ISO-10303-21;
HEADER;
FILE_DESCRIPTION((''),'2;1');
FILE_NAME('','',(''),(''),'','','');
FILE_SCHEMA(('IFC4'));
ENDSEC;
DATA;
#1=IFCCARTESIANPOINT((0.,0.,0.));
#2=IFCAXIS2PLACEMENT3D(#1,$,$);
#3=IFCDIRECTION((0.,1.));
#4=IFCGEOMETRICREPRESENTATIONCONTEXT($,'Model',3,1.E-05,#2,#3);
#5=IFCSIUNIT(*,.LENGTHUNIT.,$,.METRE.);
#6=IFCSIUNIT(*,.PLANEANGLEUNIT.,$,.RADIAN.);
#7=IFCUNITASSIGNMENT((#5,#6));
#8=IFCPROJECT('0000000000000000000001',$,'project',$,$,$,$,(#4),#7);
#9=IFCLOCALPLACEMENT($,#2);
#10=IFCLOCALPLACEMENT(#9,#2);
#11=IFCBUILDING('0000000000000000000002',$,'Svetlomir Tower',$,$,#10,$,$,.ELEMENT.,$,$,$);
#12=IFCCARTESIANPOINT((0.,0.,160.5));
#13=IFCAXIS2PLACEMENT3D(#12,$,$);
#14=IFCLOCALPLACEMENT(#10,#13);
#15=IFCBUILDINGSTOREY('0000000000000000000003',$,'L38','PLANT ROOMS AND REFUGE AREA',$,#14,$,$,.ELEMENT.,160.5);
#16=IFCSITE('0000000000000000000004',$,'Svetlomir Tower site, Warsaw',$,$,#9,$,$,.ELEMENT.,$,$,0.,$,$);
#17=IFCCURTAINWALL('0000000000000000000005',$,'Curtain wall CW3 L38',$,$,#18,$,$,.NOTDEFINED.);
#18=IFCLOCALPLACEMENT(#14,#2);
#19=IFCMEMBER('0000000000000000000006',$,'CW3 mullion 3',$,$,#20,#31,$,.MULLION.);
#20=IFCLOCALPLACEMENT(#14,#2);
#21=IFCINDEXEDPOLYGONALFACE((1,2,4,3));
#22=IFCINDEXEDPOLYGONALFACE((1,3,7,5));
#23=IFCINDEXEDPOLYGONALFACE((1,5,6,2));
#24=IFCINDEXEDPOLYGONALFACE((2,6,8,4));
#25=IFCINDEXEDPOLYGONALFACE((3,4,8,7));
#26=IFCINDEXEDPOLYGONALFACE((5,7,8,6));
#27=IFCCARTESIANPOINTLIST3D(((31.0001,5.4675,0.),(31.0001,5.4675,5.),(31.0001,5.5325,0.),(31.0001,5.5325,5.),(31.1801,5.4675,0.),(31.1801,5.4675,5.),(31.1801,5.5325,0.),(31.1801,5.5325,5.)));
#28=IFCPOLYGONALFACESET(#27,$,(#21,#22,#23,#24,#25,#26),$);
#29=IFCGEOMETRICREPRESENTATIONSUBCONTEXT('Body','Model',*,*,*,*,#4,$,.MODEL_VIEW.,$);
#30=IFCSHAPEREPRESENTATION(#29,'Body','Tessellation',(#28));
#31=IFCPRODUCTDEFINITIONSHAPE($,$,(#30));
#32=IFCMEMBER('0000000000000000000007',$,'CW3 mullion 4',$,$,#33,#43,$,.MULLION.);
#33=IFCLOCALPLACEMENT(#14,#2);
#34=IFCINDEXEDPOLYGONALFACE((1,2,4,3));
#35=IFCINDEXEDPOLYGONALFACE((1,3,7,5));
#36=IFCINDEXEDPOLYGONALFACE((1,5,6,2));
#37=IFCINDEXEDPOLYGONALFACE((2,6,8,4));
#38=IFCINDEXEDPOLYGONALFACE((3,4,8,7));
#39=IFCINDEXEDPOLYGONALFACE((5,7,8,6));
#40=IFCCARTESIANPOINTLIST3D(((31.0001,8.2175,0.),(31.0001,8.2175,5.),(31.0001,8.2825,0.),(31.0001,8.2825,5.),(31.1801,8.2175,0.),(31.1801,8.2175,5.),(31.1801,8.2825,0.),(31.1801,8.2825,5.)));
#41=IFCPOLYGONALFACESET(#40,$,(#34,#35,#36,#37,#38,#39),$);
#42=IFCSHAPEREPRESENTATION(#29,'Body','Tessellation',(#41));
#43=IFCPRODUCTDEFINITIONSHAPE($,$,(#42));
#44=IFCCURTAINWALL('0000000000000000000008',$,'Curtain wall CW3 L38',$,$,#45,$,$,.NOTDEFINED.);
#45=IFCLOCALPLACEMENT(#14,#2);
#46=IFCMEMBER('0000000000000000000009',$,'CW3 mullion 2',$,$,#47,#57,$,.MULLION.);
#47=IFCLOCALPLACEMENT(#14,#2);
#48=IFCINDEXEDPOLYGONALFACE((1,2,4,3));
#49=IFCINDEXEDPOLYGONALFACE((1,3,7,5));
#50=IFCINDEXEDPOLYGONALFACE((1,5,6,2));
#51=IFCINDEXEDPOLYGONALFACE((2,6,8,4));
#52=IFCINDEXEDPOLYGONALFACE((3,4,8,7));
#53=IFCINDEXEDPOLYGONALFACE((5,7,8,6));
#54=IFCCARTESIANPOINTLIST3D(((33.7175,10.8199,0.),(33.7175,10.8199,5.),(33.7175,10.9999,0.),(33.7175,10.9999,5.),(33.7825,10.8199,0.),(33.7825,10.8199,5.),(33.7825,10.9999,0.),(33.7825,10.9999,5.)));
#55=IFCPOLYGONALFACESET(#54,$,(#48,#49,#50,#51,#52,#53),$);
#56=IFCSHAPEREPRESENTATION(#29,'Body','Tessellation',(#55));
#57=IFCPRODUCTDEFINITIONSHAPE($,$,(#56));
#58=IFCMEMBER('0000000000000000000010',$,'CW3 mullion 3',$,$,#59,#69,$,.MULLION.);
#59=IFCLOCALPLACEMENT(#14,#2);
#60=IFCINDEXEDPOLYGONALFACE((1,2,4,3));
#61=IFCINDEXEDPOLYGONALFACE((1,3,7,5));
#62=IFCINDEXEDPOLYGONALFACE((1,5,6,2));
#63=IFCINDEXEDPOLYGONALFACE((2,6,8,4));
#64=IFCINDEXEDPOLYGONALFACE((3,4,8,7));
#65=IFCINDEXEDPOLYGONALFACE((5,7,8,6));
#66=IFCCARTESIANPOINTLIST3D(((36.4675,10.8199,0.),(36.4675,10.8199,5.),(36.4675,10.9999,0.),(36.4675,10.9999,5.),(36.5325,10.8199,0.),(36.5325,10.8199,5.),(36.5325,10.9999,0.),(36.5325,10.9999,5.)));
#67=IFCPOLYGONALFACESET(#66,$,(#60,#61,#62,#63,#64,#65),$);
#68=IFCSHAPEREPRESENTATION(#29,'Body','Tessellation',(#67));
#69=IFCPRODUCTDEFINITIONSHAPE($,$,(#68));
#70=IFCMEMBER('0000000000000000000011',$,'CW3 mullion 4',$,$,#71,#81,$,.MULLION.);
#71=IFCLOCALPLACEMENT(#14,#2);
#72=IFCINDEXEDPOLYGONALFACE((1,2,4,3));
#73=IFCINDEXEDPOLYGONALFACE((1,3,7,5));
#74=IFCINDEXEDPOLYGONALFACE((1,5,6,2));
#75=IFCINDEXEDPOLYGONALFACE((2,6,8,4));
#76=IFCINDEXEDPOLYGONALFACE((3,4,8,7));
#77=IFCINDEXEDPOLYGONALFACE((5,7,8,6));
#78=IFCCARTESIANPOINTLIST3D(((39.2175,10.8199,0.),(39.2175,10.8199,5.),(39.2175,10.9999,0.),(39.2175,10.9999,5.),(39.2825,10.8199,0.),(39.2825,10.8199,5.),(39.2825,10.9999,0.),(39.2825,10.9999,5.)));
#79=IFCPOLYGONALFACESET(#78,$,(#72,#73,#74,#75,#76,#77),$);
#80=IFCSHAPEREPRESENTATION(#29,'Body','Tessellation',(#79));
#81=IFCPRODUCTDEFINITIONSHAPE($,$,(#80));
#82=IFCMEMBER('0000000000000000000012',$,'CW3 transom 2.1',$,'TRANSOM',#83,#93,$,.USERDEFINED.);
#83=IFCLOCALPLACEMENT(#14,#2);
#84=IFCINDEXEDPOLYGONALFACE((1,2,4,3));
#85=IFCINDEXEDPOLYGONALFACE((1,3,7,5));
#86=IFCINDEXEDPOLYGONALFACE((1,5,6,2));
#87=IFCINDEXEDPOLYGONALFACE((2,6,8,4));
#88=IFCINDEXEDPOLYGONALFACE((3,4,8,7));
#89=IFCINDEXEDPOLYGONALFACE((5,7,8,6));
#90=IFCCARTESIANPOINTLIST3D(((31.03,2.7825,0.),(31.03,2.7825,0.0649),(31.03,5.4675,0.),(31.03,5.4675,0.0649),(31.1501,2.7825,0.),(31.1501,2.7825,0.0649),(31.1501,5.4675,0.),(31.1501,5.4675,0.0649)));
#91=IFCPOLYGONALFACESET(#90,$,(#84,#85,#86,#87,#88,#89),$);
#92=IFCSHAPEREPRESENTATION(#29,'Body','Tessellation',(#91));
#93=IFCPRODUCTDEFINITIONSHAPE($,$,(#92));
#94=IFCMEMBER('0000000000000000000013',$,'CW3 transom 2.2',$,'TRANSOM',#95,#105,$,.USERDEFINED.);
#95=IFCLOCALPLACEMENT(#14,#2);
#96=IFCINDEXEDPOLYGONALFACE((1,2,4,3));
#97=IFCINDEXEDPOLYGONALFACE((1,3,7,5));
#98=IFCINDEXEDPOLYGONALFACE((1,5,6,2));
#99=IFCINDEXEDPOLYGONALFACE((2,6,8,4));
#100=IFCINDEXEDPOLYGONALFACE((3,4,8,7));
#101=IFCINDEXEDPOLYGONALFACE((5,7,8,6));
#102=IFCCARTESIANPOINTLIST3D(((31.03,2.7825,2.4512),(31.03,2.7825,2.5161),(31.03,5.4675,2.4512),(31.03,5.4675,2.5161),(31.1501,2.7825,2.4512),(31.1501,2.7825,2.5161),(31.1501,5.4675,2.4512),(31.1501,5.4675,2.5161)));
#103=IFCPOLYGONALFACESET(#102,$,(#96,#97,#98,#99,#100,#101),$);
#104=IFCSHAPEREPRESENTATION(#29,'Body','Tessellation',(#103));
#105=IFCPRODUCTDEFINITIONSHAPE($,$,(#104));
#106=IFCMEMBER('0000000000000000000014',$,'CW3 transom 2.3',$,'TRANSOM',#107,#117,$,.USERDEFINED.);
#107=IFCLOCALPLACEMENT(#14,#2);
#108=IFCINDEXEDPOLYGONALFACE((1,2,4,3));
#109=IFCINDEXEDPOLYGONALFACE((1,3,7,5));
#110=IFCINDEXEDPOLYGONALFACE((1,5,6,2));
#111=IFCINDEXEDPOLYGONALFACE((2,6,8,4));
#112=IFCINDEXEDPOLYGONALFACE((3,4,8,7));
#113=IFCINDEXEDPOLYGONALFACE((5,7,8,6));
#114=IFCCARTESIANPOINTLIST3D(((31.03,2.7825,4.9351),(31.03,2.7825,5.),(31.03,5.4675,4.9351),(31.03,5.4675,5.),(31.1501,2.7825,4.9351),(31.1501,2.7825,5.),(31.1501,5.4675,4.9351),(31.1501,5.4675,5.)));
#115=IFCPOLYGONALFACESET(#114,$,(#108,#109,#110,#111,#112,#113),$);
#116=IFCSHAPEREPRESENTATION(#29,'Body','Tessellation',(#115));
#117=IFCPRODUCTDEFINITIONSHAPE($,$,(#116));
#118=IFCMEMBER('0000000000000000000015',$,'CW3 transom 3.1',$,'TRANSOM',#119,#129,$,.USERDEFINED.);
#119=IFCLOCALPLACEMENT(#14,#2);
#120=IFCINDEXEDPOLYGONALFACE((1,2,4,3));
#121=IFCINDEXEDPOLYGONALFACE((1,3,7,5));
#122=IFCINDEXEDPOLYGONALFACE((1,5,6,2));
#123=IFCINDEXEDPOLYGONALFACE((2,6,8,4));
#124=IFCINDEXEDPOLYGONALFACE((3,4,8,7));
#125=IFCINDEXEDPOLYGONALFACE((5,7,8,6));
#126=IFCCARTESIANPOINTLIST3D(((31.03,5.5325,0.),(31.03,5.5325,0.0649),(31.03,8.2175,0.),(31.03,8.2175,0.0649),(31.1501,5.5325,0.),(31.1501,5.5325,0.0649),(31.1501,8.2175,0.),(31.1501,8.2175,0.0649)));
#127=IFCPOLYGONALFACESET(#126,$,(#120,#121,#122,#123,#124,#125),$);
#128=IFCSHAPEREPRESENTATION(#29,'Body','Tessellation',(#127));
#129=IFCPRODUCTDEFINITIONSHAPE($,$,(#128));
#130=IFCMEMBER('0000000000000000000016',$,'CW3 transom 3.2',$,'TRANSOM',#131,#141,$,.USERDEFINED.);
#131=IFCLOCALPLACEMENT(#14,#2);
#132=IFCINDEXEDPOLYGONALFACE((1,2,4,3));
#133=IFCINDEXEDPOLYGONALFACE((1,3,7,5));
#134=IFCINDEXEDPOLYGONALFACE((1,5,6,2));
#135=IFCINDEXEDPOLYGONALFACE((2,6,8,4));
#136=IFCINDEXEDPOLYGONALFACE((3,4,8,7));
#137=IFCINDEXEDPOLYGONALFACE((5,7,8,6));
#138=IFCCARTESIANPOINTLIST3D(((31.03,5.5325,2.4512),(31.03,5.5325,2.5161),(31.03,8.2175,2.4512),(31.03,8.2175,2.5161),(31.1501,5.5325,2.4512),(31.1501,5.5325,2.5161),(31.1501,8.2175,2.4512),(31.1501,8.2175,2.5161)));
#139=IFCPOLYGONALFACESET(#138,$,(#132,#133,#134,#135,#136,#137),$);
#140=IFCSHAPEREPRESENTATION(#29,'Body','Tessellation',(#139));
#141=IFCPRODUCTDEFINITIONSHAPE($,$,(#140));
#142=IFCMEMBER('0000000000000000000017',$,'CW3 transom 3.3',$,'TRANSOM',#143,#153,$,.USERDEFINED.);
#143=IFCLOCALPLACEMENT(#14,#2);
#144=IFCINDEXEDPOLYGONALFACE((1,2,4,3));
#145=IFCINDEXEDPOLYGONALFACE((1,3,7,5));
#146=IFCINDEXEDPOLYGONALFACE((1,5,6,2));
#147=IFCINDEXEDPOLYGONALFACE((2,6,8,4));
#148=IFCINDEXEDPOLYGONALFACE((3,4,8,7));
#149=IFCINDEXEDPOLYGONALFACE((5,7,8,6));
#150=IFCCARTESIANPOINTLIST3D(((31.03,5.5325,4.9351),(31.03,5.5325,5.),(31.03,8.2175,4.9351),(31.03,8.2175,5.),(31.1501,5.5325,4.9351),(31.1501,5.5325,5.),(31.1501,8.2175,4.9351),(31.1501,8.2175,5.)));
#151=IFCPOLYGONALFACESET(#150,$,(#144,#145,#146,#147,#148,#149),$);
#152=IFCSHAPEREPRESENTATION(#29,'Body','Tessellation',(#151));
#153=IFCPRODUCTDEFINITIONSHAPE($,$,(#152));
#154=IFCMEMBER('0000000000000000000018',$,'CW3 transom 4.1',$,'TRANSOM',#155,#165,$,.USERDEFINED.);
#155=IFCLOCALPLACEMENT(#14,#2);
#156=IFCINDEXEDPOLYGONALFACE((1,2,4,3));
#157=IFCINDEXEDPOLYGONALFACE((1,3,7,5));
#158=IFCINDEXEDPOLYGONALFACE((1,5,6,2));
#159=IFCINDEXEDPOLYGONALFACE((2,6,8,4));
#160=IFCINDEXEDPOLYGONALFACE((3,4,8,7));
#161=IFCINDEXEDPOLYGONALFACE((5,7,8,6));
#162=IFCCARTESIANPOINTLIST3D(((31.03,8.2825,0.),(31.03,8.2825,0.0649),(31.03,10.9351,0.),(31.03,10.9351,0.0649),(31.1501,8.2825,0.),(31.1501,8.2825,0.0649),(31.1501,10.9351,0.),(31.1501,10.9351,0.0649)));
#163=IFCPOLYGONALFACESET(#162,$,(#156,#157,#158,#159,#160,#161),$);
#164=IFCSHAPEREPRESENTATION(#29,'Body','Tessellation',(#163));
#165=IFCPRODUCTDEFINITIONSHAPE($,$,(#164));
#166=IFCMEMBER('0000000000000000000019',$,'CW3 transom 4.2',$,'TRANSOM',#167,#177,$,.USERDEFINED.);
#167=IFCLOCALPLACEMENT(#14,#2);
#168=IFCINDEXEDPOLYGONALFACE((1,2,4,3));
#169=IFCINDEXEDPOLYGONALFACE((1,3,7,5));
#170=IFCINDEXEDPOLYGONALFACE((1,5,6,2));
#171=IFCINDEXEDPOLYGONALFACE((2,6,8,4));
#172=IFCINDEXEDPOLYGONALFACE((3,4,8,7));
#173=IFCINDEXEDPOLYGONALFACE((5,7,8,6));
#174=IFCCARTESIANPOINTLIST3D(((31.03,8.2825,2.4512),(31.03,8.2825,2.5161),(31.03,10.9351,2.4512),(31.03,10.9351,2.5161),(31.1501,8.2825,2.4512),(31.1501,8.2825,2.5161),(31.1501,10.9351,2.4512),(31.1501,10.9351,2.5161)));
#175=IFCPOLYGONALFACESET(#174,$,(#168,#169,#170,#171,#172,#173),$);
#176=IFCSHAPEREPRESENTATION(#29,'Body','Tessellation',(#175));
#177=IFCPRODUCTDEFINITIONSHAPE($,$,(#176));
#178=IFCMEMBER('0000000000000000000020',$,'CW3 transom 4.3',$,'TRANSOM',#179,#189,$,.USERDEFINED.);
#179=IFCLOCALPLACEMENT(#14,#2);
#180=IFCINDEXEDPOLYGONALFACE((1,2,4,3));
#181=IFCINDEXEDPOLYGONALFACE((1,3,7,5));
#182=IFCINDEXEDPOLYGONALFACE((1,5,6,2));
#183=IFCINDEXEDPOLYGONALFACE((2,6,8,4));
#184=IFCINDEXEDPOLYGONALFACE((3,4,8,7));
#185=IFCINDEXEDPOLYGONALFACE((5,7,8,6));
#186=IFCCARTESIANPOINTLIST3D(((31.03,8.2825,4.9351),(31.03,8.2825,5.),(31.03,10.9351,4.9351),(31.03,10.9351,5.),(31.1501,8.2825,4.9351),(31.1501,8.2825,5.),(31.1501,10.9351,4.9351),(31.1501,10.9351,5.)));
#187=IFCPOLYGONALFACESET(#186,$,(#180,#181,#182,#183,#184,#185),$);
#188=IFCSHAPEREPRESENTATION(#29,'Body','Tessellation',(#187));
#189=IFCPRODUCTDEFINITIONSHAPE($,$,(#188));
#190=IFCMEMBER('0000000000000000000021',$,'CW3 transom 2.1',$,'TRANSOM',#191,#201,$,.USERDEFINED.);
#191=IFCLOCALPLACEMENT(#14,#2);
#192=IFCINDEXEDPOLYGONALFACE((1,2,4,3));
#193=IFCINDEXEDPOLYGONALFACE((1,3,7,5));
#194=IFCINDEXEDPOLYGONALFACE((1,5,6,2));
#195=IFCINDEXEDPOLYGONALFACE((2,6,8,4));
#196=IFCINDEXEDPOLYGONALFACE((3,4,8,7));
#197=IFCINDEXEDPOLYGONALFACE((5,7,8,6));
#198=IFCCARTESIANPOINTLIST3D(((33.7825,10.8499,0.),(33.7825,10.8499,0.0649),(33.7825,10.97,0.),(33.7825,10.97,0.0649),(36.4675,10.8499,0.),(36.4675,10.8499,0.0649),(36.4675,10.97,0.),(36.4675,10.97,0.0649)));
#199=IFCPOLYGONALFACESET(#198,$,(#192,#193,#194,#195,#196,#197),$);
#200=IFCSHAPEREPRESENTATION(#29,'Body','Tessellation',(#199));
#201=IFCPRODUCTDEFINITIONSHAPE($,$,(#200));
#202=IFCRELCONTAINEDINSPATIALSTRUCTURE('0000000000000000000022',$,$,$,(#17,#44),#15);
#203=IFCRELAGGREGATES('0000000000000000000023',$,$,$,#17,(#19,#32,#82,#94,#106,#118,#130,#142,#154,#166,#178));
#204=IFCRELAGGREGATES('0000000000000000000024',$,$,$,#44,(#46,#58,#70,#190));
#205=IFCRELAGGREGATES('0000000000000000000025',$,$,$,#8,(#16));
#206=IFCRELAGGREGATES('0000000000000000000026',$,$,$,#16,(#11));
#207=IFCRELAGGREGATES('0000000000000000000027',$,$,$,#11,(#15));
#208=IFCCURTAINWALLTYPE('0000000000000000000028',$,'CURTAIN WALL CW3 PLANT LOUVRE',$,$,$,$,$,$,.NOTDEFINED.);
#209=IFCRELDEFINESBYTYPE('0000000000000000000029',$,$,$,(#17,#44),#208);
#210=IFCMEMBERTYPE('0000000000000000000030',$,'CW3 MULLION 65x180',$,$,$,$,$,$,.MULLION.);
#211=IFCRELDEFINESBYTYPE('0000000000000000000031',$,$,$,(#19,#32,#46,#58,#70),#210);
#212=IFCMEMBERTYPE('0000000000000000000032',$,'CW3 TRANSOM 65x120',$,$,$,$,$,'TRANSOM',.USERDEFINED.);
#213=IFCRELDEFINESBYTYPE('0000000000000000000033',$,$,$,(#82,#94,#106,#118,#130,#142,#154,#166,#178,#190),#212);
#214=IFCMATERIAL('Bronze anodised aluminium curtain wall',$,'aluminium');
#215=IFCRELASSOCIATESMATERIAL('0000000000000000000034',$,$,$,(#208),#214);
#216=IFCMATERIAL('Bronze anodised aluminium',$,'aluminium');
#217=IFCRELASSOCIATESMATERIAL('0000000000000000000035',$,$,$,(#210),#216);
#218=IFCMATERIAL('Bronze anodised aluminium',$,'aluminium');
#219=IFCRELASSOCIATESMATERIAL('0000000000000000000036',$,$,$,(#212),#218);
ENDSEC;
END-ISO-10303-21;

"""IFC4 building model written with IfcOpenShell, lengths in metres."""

from ifc_helpers import new_model, si_unit, direction, frame, origin, origin_2d, place, context, subcontext, project, spatial, rectangle, extrude, material, material_profile, profile_set, type_object, element, aggregate, save


model = new_model("IFC4")

# Units and contexts
model_context = context("Model", 3, precision=1e-05, world=origin(), true_north=direction((0.0, 1.0)))
body_context = subcontext(model_context, "Body", "Model", "MODEL_VIEW")
ifc_project = project(units=[si_unit("LENGTHUNIT", "METRE"), si_unit("PLANEANGLEUNIT", "RADIAN")], contexts=[model_context])

# Site, building, storey
site_placement = place(None, origin())
site = spatial("IfcSite", under=ifc_project, at=site_placement, Name="Svetlomir Tower site, Warsaw", CompositionType="ELEMENT", RefElevation=0.0)
building_placement = place(site_placement, origin())
building = spatial("IfcBuilding", under=site, at=building_placement, Name="Svetlomir Tower", CompositionType="ELEMENT")
storey_placement = place(building_placement, frame((0.0, 0.0, 160.5)))
storey = spatial("IfcBuildingStorey", under=building, at=storey_placement, Name="L38", Description="PLANT ROOMS AND REFUGE AREA", CompositionType="ELEMENT", Elevation=160.5)

# Curtain walls, members
ifc_material_1 = material(Name="Bronze anodised aluminium curtain wall", Category="aluminium")
curtain_wall_type = type_object("IfcCurtainWallType", Name="CURTAIN WALL CW3 PLANT LOUVRE", PredefinedType="NOTDEFINED", material=ifc_material_1)
curtain_wall_1_placement = place(storey_placement, origin())
curtain_wall_1 = element("IfcCurtainWall", 1, at=curtain_wall_1_placement, inside=storey, type_object=curtain_wall_type, Name="Curtain wall CW3 L38", PredefinedType="NOTDEFINED")
ifc_material_2 = material(Name="Bronze anodised aluminium", Category="aluminium")
ifc_material_profile_1 = material_profile(ifc_material_2, rectangle(XDim=0.0649, YDim=0.1799, at=origin_2d()), Name="AL 65x180")
ifc_profile_set_1 = profile_set([ifc_material_profile_1], Name="Bronze anodised aluminium 6063-T6")
member_type_1 = type_object("IfcMemberType", Name="CW3 MULLION 65x180", PredefinedType="MULLION", material=ifc_profile_set_1)
member_1_placement = place(storey_placement, frame((31.0901, 5.5, 0.0), z_axis=(0.0, 0.0, 1.0), x_axis=(0.0, 1.0, 0.0)))
member_1 = element("IfcMember", 2, at=member_1_placement, type_object=member_type_1, Name="CW3 mullion 3", PredefinedType="MULLION", context=body_context, shape_type="SweptSolid", body=[
    extrude(rectangle(XDim=0.0649, YDim=0.1799, at=origin_2d()), origin(), (0.0, 0.0, 1.0), 5.0),
])
member_2_placement = place(storey_placement, frame((31.0901, 8.25, 0.0), z_axis=(0.0, 0.0, 1.0), x_axis=(0.0, 1.0, 0.0)))
member_2 = element("IfcMember", 3, at=member_2_placement, type_object=member_type_1, Name="CW3 mullion 4", PredefinedType="MULLION", context=body_context, shape_type="SweptSolid", body=[
    extrude(rectangle(XDim=0.0649, YDim=0.1799, at=origin_2d()), origin(), (0.0, 0.0, 1.0), 5.0),
])
curtain_wall_2_placement = place(storey_placement, origin())
curtain_wall_2 = element("IfcCurtainWall", 4, at=curtain_wall_2_placement, inside=storey, type_object=curtain_wall_type, Name="Curtain wall CW3 L38", PredefinedType="NOTDEFINED")
member_3_placement = place(storey_placement, frame((33.75, 10.9099, 0.0), z_axis=(0.0, 0.0, 1.0), x_axis=(1.0, 0.0, 0.0)))
member_3 = element("IfcMember", 5, at=member_3_placement, type_object=member_type_1, Name="CW3 mullion 2", PredefinedType="MULLION", context=body_context, shape_type="SweptSolid", body=[
    extrude(rectangle(XDim=0.0649, YDim=0.1799, at=origin_2d()), origin(), (0.0, 0.0, 1.0), 5.0),
])
member_4_placement = place(storey_placement, frame((36.5, 10.9099, 0.0), z_axis=(0.0, 0.0, 1.0), x_axis=(1.0, 0.0, 0.0)))
member_4 = element("IfcMember", 6, at=member_4_placement, type_object=member_type_1, Name="CW3 mullion 3", PredefinedType="MULLION", context=body_context, shape_type="SweptSolid", body=[
    extrude(rectangle(XDim=0.0649, YDim=0.1799, at=origin_2d()), origin(), (0.0, 0.0, 1.0), 5.0),
])
member_5_placement = place(storey_placement, frame((39.25, 10.9099, 0.0), z_axis=(0.0, 0.0, 1.0), x_axis=(1.0, 0.0, 0.0)))
member_5 = element("IfcMember", 7, at=member_5_placement, type_object=member_type_1, Name="CW3 mullion 4", PredefinedType="MULLION", context=body_context, shape_type="SweptSolid", body=[
    extrude(rectangle(XDim=0.0649, YDim=0.1799, at=origin_2d()), origin(), (0.0, 0.0, 1.0), 5.0),
])

# Members
ifc_material_3 = material(Name="Bronze anodised aluminium", Category="aluminium")
ifc_material_profile_2 = material_profile(ifc_material_3, rectangle(XDim=0.1201, YDim=0.0649, at=origin_2d()), Name="AL 120x65")
ifc_profile_set_2 = profile_set([ifc_material_profile_2], Name="Bronze anodised aluminium 6063-T6")
member_type_2 = type_object("IfcMemberType", Name="CW3 TRANSOM 65x120", ElementType="TRANSOM", PredefinedType="USERDEFINED", material=ifc_profile_set_2)
member_6_placement = place(storey_placement, frame((31.0901, 2.7825, 0.0325), z_axis=(0.0, 1.0, 0.0), x_axis=(-1.0, 0.0, 0.0)))
member_6 = element("IfcMember", 8, at=member_6_placement, type_object=member_type_2, Name="CW3 transom 2.1", ObjectType="TRANSOM", PredefinedType="USERDEFINED", context=body_context, shape_type="SweptSolid", body=[
    extrude(rectangle(XDim=0.1201, YDim=0.0649, at=origin_2d()), origin(), (0.0, 0.0, 1.0), 2.6851),
])
member_7_placement = place(storey_placement, frame((31.0901, 2.7825, 2.4836), z_axis=(0.0, 1.0, 0.0), x_axis=(-1.0, 0.0, 0.0)))
member_7 = element("IfcMember", 9, at=member_7_placement, type_object=member_type_2, Name="CW3 transom 2.2", ObjectType="TRANSOM", PredefinedType="USERDEFINED", context=body_context, shape_type="SweptSolid", body=[
    extrude(rectangle(XDim=0.1201, YDim=0.0649, at=origin_2d()), origin(), (0.0, 0.0, 1.0), 2.6851),
])
member_8_placement = place(storey_placement, frame((31.0901, 2.7825, 4.9675), z_axis=(0.0, 1.0, 0.0), x_axis=(-1.0, 0.0, 0.0)))
member_8 = element("IfcMember", 10, at=member_8_placement, type_object=member_type_2, Name="CW3 transom 2.3", ObjectType="TRANSOM", PredefinedType="USERDEFINED", context=body_context, shape_type="SweptSolid", body=[
    extrude(rectangle(XDim=0.1201, YDim=0.0649, at=origin_2d()), origin(), (0.0, 0.0, 1.0), 2.6851),
])
member_9_placement = place(storey_placement, frame((31.0901, 5.5325, 0.0325), z_axis=(0.0, 1.0, 0.0), x_axis=(-1.0, 0.0, 0.0)))
member_9 = element("IfcMember", 11, at=member_9_placement, type_object=member_type_2, Name="CW3 transom 3.1", ObjectType="TRANSOM", PredefinedType="USERDEFINED", context=body_context, shape_type="SweptSolid", body=[
    extrude(rectangle(XDim=0.1201, YDim=0.0649, at=origin_2d()), origin(), (0.0, 0.0, 1.0), 2.6851),
])
member_10_placement = place(storey_placement, frame((31.0901, 5.5325, 2.4836), z_axis=(0.0, 1.0, 0.0), x_axis=(-1.0, 0.0, 0.0)))
member_10 = element("IfcMember", 12, at=member_10_placement, type_object=member_type_2, Name="CW3 transom 3.2", ObjectType="TRANSOM", PredefinedType="USERDEFINED", context=body_context, shape_type="SweptSolid", body=[
    extrude(rectangle(XDim=0.1201, YDim=0.0649, at=origin_2d()), origin(), (0.0, 0.0, 1.0), 2.6851),
])
member_11_placement = place(storey_placement, frame((31.0901, 5.5325, 4.9675), z_axis=(0.0, 1.0, 0.0), x_axis=(-1.0, 0.0, 0.0)))
member_11 = element("IfcMember", 13, at=member_11_placement, type_object=member_type_2, Name="CW3 transom 3.3", ObjectType="TRANSOM", PredefinedType="USERDEFINED", context=body_context, shape_type="SweptSolid", body=[
    extrude(rectangle(XDim=0.1201, YDim=0.0649, at=origin_2d()), origin(), (0.0, 0.0, 1.0), 2.6851),
])
member_12_placement = place(storey_placement, frame((31.0901, 8.2825, 0.0325), z_axis=(0.0, 1.0, 0.0), x_axis=(-1.0, 0.0, 0.0)))
member_12 = element("IfcMember", 14, at=member_12_placement, type_object=member_type_2, Name="CW3 transom 4.1", ObjectType="TRANSOM", PredefinedType="USERDEFINED", context=body_context, shape_type="SweptSolid", body=[
    extrude(rectangle(XDim=0.1201, YDim=0.0649, at=origin_2d()), origin(), (0.0, 0.0, 1.0), 2.6526),
])
member_13_placement = place(storey_placement, frame((31.0901, 8.2825, 2.4836), z_axis=(0.0, 1.0, 0.0), x_axis=(-1.0, 0.0, 0.0)))
member_13 = element("IfcMember", 15, at=member_13_placement, type_object=member_type_2, Name="CW3 transom 4.2", ObjectType="TRANSOM", PredefinedType="USERDEFINED", context=body_context, shape_type="SweptSolid", body=[
    extrude(rectangle(XDim=0.1201, YDim=0.0649, at=origin_2d()), origin(), (0.0, 0.0, 1.0), 2.6526),
])
member_14_placement = place(storey_placement, frame((31.0901, 8.2825, 4.9675), z_axis=(0.0, 1.0, 0.0), x_axis=(-1.0, 0.0, 0.0)))
member_14 = element("IfcMember", 16, at=member_14_placement, type_object=member_type_2, Name="CW3 transom 4.3", ObjectType="TRANSOM", PredefinedType="USERDEFINED", context=body_context, shape_type="SweptSolid", body=[
    extrude(rectangle(XDim=0.1201, YDim=0.0649, at=origin_2d()), origin(), (0.0, 0.0, 1.0), 2.6526),
])
member_15_placement = place(storey_placement, frame((33.7825, 10.9099, 0.0325), z_axis=(1.0, 0.0, 0.0), x_axis=(0.0, 1.0, 0.0)))
member_15 = element("IfcMember", 17, at=member_15_placement, type_object=member_type_2, Name="CW3 transom 2.1", ObjectType="TRANSOM", PredefinedType="USERDEFINED", context=body_context, shape_type="SweptSolid", body=[
    extrude(rectangle(XDim=0.1201, YDim=0.0649, at=origin_2d()), origin(), (0.0, 0.0, 1.0), 2.6851),
])

aggregate(curtain_wall_1, [member_1, member_2, member_6, member_7, member_8, member_9, member_10, member_11, member_12, member_13, member_14])
aggregate(curtain_wall_2, [member_3, member_4, member_5, member_15])

save(model, "model.ifc")
